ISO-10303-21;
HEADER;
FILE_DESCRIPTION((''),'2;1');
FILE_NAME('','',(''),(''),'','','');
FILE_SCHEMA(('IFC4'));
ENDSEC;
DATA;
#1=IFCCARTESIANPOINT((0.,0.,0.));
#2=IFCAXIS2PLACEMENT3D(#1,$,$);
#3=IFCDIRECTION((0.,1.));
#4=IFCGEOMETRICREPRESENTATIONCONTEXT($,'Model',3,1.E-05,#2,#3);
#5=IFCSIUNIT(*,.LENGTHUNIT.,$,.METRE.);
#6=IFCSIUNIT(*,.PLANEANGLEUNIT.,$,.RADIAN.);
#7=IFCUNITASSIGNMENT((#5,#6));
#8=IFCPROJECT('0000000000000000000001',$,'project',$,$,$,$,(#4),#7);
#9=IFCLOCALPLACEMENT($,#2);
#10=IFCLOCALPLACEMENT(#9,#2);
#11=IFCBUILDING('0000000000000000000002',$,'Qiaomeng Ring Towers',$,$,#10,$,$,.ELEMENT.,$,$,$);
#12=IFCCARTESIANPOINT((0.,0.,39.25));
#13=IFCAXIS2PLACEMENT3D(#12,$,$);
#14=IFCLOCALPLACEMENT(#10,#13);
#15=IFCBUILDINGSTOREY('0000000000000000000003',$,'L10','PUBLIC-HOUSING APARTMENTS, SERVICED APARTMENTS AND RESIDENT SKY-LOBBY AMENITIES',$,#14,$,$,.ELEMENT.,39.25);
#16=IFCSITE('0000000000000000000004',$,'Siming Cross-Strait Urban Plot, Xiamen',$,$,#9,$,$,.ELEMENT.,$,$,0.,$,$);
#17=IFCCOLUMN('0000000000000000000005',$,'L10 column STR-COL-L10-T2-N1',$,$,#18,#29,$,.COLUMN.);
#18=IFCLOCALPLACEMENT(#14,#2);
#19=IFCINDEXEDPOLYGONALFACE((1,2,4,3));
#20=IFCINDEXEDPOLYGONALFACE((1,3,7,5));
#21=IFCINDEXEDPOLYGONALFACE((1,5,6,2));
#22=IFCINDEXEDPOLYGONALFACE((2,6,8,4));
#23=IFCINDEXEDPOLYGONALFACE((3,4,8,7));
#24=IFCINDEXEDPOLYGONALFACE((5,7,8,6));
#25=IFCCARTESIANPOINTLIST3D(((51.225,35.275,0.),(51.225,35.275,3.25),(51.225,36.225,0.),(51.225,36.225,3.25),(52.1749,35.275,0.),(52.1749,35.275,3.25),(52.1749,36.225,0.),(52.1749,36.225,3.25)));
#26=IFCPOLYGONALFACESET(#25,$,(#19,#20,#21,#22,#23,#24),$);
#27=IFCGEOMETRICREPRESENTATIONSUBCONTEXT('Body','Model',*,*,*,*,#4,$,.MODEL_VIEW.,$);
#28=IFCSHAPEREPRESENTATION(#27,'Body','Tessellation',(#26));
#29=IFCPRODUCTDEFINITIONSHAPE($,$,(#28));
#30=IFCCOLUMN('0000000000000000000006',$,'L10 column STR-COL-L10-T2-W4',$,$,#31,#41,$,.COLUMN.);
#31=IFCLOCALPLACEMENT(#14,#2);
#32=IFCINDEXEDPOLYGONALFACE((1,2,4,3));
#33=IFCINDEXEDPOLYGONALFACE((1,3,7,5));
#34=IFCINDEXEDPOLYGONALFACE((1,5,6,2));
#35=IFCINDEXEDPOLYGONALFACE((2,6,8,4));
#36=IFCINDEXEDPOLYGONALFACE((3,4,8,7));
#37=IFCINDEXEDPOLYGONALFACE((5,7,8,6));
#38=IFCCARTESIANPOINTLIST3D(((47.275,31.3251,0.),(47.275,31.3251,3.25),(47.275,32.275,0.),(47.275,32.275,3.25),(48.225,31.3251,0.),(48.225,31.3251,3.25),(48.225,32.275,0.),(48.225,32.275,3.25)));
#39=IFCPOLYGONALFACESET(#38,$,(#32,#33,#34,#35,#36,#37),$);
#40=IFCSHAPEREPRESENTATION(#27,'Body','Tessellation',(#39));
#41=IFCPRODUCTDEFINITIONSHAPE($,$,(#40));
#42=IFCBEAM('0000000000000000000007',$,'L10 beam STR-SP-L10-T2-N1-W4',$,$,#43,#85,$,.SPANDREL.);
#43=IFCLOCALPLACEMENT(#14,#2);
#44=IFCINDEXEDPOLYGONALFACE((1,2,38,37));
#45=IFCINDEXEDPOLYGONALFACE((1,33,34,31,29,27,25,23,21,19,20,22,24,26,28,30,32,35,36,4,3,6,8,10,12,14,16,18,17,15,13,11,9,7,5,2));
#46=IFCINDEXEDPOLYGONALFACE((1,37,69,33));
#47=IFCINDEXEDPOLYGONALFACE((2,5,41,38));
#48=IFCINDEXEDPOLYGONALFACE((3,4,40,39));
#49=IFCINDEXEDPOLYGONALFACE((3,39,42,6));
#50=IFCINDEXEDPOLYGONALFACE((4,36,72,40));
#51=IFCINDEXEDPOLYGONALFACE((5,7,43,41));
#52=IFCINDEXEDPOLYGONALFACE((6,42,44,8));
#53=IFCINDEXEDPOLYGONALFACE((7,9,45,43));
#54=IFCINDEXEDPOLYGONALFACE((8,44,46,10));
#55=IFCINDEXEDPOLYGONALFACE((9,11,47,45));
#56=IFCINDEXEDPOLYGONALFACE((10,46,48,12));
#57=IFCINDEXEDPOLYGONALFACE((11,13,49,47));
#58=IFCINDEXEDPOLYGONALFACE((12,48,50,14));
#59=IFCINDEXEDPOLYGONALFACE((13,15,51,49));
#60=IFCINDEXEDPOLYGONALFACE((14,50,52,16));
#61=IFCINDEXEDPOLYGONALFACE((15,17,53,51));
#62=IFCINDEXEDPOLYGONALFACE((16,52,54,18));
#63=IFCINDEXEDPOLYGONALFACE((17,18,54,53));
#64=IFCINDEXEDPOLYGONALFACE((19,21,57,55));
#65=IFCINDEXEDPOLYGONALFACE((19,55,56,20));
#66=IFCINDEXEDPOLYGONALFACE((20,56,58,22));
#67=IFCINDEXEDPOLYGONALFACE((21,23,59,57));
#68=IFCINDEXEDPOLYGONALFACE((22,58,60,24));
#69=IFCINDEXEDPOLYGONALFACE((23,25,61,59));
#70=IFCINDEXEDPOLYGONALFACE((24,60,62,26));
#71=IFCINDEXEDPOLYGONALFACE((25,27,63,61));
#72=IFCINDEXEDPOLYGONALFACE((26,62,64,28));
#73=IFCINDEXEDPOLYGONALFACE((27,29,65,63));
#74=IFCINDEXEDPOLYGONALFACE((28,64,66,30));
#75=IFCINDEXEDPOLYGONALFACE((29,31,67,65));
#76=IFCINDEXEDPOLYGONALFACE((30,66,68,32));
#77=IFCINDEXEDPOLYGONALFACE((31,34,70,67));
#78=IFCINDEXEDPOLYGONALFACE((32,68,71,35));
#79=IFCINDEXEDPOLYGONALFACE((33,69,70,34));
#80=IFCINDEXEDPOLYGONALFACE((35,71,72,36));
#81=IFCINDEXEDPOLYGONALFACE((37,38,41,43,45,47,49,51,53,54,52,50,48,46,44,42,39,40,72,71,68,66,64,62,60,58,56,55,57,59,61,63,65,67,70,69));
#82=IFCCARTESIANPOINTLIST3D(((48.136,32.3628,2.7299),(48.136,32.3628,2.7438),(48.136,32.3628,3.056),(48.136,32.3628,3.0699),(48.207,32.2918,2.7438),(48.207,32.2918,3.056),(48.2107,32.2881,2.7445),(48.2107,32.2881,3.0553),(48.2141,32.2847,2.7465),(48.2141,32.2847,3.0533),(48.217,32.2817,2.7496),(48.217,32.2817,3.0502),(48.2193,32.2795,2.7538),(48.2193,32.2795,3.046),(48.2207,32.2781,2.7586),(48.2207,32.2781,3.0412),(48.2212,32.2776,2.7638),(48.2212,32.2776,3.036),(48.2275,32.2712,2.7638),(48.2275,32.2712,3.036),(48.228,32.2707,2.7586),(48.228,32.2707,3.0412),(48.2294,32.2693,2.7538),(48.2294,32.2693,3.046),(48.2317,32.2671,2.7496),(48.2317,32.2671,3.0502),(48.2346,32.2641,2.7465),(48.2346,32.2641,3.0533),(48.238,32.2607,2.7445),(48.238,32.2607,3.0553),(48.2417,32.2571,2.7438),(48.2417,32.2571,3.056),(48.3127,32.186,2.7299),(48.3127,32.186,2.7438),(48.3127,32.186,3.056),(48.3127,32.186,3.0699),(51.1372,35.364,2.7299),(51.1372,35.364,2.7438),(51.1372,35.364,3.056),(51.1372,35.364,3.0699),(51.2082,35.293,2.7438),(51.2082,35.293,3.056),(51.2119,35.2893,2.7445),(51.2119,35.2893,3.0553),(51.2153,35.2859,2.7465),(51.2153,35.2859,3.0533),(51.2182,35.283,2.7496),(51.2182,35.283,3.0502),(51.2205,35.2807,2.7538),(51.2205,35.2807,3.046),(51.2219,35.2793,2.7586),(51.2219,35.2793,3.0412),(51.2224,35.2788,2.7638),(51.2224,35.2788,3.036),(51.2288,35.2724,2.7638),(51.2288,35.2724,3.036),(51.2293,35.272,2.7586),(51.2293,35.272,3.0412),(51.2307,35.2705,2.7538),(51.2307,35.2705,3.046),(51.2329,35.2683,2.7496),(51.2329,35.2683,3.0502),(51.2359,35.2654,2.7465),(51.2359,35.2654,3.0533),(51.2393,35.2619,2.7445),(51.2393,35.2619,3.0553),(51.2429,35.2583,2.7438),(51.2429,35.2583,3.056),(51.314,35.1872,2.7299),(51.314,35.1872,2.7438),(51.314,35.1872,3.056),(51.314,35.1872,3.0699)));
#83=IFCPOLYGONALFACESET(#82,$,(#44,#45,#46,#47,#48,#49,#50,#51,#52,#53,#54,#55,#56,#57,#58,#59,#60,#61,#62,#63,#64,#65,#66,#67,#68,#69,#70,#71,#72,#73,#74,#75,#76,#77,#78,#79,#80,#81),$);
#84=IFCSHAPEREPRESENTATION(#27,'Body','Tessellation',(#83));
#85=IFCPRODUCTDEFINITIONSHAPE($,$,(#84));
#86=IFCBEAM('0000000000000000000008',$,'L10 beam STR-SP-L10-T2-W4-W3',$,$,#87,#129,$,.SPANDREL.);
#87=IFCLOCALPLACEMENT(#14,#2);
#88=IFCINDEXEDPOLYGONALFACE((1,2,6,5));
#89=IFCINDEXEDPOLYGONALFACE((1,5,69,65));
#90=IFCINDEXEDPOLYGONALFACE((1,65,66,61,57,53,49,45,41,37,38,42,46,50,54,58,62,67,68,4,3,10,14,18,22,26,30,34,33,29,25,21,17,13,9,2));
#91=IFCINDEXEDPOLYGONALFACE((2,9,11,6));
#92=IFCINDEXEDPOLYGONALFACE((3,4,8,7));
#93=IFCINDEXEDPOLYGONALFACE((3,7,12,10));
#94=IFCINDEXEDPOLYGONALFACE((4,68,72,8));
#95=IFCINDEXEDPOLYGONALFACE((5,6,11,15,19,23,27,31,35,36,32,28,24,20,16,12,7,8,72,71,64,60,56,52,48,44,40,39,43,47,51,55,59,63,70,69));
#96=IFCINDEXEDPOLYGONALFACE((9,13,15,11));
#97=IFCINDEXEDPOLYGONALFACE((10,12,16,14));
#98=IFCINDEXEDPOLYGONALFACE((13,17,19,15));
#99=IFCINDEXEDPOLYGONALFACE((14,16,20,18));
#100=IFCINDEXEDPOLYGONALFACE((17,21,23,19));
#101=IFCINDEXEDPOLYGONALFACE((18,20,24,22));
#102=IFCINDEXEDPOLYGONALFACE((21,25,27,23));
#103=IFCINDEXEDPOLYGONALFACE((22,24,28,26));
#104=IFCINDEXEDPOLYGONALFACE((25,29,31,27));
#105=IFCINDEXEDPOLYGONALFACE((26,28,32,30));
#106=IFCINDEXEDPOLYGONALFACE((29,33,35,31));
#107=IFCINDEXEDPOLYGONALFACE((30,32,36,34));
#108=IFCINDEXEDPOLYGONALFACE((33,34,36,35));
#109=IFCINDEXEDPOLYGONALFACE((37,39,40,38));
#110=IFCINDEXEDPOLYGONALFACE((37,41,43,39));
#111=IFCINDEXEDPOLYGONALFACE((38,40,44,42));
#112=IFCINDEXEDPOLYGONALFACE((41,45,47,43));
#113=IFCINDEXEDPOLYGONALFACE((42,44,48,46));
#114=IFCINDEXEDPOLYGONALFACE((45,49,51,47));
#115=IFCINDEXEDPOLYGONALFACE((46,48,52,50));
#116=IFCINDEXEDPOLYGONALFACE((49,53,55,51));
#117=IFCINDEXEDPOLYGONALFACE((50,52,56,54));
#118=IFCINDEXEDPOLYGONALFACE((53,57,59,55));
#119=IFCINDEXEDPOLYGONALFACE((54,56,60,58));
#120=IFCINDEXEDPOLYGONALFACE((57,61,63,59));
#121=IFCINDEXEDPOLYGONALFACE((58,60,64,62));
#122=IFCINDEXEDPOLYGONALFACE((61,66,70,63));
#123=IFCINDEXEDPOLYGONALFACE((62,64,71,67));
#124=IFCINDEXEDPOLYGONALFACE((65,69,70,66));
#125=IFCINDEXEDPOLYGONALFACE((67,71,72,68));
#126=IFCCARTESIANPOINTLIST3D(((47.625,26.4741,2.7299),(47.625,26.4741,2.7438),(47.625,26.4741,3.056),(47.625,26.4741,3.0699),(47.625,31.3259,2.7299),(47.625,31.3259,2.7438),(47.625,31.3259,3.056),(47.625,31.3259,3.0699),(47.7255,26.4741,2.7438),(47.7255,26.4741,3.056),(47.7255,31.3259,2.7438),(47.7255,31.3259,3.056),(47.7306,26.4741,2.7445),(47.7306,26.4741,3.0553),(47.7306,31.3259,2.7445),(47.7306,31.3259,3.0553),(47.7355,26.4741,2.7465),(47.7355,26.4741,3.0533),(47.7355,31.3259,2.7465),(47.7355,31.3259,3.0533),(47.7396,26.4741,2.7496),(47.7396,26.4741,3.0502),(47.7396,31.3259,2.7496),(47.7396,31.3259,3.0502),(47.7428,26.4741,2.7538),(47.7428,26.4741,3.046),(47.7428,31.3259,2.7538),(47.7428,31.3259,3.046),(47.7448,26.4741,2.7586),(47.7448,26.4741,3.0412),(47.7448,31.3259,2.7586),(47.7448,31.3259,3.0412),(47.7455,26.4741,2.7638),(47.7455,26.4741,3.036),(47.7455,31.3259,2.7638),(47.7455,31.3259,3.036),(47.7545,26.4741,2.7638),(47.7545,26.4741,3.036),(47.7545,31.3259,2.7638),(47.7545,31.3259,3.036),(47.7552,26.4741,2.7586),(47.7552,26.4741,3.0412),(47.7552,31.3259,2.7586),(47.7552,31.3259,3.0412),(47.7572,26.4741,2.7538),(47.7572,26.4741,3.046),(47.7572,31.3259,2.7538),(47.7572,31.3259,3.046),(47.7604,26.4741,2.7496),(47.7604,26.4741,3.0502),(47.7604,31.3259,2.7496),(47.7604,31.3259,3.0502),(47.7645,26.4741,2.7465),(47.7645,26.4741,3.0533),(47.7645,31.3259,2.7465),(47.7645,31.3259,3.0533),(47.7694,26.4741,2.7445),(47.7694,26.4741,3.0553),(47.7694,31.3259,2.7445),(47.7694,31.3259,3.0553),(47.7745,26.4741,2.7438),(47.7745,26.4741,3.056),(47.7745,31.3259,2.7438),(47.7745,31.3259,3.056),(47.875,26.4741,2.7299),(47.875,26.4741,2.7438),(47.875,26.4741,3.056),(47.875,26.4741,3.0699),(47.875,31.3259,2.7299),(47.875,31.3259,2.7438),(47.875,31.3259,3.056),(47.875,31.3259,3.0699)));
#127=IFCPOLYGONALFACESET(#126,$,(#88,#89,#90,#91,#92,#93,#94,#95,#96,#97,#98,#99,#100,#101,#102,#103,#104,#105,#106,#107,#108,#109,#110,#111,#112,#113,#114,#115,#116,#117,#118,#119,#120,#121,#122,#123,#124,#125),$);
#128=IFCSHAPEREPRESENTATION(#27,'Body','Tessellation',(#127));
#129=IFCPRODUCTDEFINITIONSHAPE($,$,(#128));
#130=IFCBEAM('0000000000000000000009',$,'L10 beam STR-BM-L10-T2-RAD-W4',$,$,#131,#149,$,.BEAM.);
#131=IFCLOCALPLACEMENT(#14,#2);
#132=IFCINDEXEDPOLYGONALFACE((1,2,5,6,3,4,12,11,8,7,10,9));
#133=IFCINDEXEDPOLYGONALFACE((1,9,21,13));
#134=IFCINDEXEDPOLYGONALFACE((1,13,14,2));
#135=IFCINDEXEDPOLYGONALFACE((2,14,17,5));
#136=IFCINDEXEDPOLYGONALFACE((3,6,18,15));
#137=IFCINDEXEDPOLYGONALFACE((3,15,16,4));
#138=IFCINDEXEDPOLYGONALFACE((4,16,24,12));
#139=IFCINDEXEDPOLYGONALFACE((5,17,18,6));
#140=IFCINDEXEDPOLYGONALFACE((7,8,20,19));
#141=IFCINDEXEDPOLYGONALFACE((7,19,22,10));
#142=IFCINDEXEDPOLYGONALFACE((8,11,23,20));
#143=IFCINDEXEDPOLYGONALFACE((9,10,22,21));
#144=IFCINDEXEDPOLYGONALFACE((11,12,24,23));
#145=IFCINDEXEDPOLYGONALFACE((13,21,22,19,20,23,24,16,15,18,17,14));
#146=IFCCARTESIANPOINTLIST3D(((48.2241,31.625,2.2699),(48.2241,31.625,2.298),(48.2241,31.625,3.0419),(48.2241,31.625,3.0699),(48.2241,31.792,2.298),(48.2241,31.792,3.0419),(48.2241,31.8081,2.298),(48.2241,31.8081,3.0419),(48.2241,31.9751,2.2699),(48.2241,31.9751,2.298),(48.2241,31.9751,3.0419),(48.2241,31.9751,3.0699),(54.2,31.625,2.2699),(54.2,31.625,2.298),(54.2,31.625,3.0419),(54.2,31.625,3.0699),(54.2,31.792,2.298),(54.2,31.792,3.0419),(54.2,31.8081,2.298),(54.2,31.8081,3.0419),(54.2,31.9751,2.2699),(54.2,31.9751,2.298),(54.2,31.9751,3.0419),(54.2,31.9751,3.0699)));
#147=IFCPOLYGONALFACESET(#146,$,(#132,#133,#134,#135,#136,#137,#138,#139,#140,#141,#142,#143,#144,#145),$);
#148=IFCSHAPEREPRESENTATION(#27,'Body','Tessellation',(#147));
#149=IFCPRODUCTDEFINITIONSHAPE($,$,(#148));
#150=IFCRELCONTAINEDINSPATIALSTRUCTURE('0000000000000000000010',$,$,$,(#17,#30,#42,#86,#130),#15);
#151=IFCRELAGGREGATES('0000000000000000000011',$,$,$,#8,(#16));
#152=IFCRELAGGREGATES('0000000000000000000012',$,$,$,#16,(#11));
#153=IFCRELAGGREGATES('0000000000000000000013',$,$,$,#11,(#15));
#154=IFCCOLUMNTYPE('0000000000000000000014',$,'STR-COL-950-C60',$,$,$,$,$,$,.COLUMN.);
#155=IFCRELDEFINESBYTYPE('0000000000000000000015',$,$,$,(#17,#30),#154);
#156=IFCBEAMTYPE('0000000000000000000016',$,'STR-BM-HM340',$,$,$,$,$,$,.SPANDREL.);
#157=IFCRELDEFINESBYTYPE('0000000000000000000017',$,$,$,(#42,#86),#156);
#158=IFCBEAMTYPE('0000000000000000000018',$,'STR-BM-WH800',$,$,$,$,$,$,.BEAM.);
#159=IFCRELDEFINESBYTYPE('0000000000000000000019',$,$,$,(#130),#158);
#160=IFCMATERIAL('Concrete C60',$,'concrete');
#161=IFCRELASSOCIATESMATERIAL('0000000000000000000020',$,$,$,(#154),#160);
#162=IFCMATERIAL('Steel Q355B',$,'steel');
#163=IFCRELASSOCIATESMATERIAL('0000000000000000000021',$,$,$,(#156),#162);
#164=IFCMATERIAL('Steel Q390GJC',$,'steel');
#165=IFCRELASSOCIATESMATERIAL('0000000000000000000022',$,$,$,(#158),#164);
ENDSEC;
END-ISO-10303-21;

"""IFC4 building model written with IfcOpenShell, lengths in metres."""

from ifc_helpers import new_model, si_unit, direction, frame, origin, origin_2d, place, context, subcontext, project, spatial, rectangle, i_section, extrude, source, transform, mapped, material, material_profile, profile_set, type_object, element, save


model = new_model("IFC4")

# Units and contexts
model_context = context("Model", 3, precision=1e-05, world=origin(), true_north=direction((0.0, 1.0)))
body_context = subcontext(model_context, "Body", "Model", "MODEL_VIEW")
ifc_project = project(units=[si_unit("LENGTHUNIT", "METRE"), si_unit("PLANEANGLEUNIT", "RADIAN")], contexts=[model_context])

# Site, building, storey
site_placement = place(None, origin())
site = spatial("IfcSite", under=ifc_project, at=site_placement, Name="Siming Cross-Strait Urban Plot, Xiamen", CompositionType="ELEMENT", RefElevation=0.0)
building_placement = place(site_placement, origin())
building = spatial("IfcBuilding", under=site, at=building_placement, Name="Qiaomeng Ring Towers", CompositionType="ELEMENT")
storey_placement = place(building_placement, frame((0.0, 0.0, 39.25)))
storey = spatial("IfcBuildingStorey", under=building, at=storey_placement, Name="L10", Description="PUBLIC-HOUSING APARTMENTS, SERVICED APARTMENTS AND RESIDENT SKY-LOBBY AMENITIES", CompositionType="ELEMENT", Elevation=39.25)

# Columns
ifc_material_1 = material(Name="Concrete C60", Category="concrete")
ifc_material_profile_1 = material_profile(ifc_material_1, rectangle(XDim=0.95, YDim=0.95, at=origin_2d()), Name="RC COL 950x950")
ifc_profile_set_1 = profile_set([ifc_material_profile_1], Name="Concrete C60")
column_type = type_object("IfcColumnType", Name="STR-COL-950-C60", PredefinedType="COLUMN", material=ifc_profile_set_1)
shared_shape_1 = source(origin(), body_context, "Body", "SweptSolid", [
    extrude(rectangle(XDim=0.95, YDim=0.95, at=origin_2d()), origin(), (0.0, 0.0, 1.0), 3.25),
])
for number, where, z_axis, x_axis, name in (
    (1, (51.7, 35.75, 0.0), (0.0, 0.0, 1.0), (1.0, 0.0, 0.0), "L10 column STR-COL-L10-T2-N1"),
    (2, (47.75, 31.8, 0.0), (0.0, 0.0, 1.0), (1.0, 0.0, 0.0), "L10 column STR-COL-L10-T2-W4"),
):
    element("IfcColumn", number, at=place(storey_placement, frame(where, z_axis=z_axis, x_axis=x_axis)), inside=storey, type_object=column_type, Name=name, PredefinedType="COLUMN", context=body_context, shape_type="MappedRepresentation", body=[
        mapped(shared_shape_1, transform((0.0, 0.0, 0.0), x_axis=(1.0, 0.0, 0.0), y_axis=(0.0, 1.0, 0.0), z_axis=(0.0, 0.0, 1.0), scale=1.0)),
    ])

# Beams
ifc_material_2 = material(Name="Steel Q355B", Category="steel")
ifc_material_profile_2 = material_profile(ifc_material_2, i_section(OverallWidth=0.25, OverallDepth=0.3401, WebThickness=0.009, FlangeThickness=0.0139, FilletRadius=0.02, at=origin_2d()), Name="HM 340x250x9x14")
ifc_profile_set_2 = profile_set([ifc_material_profile_2], Name="Steel Q355B")
beam_type_1 = type_object("IfcBeamType", Name="STR-BM-HM340", PredefinedType="SPANDREL", material=ifc_profile_set_2)
shared_shape_2 = source(origin(), body_context, "Body", "SweptSolid", [
    extrude(i_section(OverallWidth=0.25, OverallDepth=0.3401, WebThickness=0.009, FlangeThickness=0.0139, FilletRadius=0.02, at=origin_2d()), origin(), (0.0, 0.0, 1.0), 4.2444),
])
beam_1_placement = place(storey_placement, frame((51.2256, 35.2756, 2.8999), z_axis=(-0.707107, -0.707107, 0.0), x_axis=(0.707107, -0.707107, 0.0)))
element("IfcBeam", 3, at=beam_1_placement, inside=storey, type_object=beam_type_1, Name="L10 beam STR-SP-L10-T2-N1-W4", PredefinedType="SPANDREL", context=body_context, shape_type="MappedRepresentation", body=[
    mapped(shared_shape_2, transform((0.0, 0.0, 0.0), x_axis=(1.0, 0.0, 0.0), y_axis=(0.0, 1.0, 0.0), z_axis=(0.0, 0.0, 1.0), scale=1.0)),
])
shared_shape_3 = source(origin(), body_context, "Body", "SweptSolid", [
    extrude(i_section(OverallWidth=0.25, OverallDepth=0.3401, WebThickness=0.009, FlangeThickness=0.0139, FilletRadius=0.02, at=origin_2d()), origin(), (0.0, 0.0, 1.0), 4.8518),
])
beam_2_placement = place(storey_placement, frame((47.75, 31.3259, 2.8999), z_axis=(0.0, -1.0, 0.0), x_axis=(1.0, 0.0, 0.0)))
element("IfcBeam", 4, at=beam_2_placement, inside=storey, type_object=beam_type_1, Name="L10 beam STR-SP-L10-T2-W4-W3", PredefinedType="SPANDREL", context=body_context, shape_type="MappedRepresentation", body=[
    mapped(shared_shape_3, transform((0.0, 0.0, 0.0), x_axis=(1.0, 0.0, 0.0), y_axis=(0.0, 1.0, 0.0), z_axis=(0.0, 0.0, 1.0), scale=1.0)),
])
ifc_material_3 = material(Name="Steel Q390GJC", Category="steel")
ifc_material_profile_3 = material_profile(ifc_material_3, i_section(OverallWidth=0.3501, OverallDepth=0.8, WebThickness=0.0161, FlangeThickness=0.0281, at=origin_2d()), Name="WH 800x350x16x28")
ifc_profile_set_3 = profile_set([ifc_material_profile_3], Name="Steel Q390GJC")
beam_type_2 = type_object("IfcBeamType", Name="STR-BM-WH800", PredefinedType="BEAM", material=ifc_profile_set_3)
shared_shape_4 = source(origin(), body_context, "Body", "SweptSolid", [
    extrude(i_section(OverallWidth=0.3501, OverallDepth=0.8, WebThickness=0.0161, FlangeThickness=0.0281, at=origin_2d()), origin(), (0.0, 0.0, 1.0), 5.9758),
])
beam_3_placement = place(storey_placement, frame((48.2241, 31.8, 2.6699), z_axis=(1.0, 0.0, 0.0), x_axis=(0.0, 1.0, 0.0)))
element("IfcBeam", 5, at=beam_3_placement, inside=storey, type_object=beam_type_2, Name="L10 beam STR-BM-L10-T2-RAD-W4", PredefinedType="BEAM", context=body_context, shape_type="MappedRepresentation", body=[
    mapped(shared_shape_4, transform((0.0, 0.0, 0.0), x_axis=(1.0, 0.0, 0.0), y_axis=(0.0, 1.0, 0.0), z_axis=(0.0, 0.0, 1.0), scale=1.0)),
])

save(model, "model.ifc")
